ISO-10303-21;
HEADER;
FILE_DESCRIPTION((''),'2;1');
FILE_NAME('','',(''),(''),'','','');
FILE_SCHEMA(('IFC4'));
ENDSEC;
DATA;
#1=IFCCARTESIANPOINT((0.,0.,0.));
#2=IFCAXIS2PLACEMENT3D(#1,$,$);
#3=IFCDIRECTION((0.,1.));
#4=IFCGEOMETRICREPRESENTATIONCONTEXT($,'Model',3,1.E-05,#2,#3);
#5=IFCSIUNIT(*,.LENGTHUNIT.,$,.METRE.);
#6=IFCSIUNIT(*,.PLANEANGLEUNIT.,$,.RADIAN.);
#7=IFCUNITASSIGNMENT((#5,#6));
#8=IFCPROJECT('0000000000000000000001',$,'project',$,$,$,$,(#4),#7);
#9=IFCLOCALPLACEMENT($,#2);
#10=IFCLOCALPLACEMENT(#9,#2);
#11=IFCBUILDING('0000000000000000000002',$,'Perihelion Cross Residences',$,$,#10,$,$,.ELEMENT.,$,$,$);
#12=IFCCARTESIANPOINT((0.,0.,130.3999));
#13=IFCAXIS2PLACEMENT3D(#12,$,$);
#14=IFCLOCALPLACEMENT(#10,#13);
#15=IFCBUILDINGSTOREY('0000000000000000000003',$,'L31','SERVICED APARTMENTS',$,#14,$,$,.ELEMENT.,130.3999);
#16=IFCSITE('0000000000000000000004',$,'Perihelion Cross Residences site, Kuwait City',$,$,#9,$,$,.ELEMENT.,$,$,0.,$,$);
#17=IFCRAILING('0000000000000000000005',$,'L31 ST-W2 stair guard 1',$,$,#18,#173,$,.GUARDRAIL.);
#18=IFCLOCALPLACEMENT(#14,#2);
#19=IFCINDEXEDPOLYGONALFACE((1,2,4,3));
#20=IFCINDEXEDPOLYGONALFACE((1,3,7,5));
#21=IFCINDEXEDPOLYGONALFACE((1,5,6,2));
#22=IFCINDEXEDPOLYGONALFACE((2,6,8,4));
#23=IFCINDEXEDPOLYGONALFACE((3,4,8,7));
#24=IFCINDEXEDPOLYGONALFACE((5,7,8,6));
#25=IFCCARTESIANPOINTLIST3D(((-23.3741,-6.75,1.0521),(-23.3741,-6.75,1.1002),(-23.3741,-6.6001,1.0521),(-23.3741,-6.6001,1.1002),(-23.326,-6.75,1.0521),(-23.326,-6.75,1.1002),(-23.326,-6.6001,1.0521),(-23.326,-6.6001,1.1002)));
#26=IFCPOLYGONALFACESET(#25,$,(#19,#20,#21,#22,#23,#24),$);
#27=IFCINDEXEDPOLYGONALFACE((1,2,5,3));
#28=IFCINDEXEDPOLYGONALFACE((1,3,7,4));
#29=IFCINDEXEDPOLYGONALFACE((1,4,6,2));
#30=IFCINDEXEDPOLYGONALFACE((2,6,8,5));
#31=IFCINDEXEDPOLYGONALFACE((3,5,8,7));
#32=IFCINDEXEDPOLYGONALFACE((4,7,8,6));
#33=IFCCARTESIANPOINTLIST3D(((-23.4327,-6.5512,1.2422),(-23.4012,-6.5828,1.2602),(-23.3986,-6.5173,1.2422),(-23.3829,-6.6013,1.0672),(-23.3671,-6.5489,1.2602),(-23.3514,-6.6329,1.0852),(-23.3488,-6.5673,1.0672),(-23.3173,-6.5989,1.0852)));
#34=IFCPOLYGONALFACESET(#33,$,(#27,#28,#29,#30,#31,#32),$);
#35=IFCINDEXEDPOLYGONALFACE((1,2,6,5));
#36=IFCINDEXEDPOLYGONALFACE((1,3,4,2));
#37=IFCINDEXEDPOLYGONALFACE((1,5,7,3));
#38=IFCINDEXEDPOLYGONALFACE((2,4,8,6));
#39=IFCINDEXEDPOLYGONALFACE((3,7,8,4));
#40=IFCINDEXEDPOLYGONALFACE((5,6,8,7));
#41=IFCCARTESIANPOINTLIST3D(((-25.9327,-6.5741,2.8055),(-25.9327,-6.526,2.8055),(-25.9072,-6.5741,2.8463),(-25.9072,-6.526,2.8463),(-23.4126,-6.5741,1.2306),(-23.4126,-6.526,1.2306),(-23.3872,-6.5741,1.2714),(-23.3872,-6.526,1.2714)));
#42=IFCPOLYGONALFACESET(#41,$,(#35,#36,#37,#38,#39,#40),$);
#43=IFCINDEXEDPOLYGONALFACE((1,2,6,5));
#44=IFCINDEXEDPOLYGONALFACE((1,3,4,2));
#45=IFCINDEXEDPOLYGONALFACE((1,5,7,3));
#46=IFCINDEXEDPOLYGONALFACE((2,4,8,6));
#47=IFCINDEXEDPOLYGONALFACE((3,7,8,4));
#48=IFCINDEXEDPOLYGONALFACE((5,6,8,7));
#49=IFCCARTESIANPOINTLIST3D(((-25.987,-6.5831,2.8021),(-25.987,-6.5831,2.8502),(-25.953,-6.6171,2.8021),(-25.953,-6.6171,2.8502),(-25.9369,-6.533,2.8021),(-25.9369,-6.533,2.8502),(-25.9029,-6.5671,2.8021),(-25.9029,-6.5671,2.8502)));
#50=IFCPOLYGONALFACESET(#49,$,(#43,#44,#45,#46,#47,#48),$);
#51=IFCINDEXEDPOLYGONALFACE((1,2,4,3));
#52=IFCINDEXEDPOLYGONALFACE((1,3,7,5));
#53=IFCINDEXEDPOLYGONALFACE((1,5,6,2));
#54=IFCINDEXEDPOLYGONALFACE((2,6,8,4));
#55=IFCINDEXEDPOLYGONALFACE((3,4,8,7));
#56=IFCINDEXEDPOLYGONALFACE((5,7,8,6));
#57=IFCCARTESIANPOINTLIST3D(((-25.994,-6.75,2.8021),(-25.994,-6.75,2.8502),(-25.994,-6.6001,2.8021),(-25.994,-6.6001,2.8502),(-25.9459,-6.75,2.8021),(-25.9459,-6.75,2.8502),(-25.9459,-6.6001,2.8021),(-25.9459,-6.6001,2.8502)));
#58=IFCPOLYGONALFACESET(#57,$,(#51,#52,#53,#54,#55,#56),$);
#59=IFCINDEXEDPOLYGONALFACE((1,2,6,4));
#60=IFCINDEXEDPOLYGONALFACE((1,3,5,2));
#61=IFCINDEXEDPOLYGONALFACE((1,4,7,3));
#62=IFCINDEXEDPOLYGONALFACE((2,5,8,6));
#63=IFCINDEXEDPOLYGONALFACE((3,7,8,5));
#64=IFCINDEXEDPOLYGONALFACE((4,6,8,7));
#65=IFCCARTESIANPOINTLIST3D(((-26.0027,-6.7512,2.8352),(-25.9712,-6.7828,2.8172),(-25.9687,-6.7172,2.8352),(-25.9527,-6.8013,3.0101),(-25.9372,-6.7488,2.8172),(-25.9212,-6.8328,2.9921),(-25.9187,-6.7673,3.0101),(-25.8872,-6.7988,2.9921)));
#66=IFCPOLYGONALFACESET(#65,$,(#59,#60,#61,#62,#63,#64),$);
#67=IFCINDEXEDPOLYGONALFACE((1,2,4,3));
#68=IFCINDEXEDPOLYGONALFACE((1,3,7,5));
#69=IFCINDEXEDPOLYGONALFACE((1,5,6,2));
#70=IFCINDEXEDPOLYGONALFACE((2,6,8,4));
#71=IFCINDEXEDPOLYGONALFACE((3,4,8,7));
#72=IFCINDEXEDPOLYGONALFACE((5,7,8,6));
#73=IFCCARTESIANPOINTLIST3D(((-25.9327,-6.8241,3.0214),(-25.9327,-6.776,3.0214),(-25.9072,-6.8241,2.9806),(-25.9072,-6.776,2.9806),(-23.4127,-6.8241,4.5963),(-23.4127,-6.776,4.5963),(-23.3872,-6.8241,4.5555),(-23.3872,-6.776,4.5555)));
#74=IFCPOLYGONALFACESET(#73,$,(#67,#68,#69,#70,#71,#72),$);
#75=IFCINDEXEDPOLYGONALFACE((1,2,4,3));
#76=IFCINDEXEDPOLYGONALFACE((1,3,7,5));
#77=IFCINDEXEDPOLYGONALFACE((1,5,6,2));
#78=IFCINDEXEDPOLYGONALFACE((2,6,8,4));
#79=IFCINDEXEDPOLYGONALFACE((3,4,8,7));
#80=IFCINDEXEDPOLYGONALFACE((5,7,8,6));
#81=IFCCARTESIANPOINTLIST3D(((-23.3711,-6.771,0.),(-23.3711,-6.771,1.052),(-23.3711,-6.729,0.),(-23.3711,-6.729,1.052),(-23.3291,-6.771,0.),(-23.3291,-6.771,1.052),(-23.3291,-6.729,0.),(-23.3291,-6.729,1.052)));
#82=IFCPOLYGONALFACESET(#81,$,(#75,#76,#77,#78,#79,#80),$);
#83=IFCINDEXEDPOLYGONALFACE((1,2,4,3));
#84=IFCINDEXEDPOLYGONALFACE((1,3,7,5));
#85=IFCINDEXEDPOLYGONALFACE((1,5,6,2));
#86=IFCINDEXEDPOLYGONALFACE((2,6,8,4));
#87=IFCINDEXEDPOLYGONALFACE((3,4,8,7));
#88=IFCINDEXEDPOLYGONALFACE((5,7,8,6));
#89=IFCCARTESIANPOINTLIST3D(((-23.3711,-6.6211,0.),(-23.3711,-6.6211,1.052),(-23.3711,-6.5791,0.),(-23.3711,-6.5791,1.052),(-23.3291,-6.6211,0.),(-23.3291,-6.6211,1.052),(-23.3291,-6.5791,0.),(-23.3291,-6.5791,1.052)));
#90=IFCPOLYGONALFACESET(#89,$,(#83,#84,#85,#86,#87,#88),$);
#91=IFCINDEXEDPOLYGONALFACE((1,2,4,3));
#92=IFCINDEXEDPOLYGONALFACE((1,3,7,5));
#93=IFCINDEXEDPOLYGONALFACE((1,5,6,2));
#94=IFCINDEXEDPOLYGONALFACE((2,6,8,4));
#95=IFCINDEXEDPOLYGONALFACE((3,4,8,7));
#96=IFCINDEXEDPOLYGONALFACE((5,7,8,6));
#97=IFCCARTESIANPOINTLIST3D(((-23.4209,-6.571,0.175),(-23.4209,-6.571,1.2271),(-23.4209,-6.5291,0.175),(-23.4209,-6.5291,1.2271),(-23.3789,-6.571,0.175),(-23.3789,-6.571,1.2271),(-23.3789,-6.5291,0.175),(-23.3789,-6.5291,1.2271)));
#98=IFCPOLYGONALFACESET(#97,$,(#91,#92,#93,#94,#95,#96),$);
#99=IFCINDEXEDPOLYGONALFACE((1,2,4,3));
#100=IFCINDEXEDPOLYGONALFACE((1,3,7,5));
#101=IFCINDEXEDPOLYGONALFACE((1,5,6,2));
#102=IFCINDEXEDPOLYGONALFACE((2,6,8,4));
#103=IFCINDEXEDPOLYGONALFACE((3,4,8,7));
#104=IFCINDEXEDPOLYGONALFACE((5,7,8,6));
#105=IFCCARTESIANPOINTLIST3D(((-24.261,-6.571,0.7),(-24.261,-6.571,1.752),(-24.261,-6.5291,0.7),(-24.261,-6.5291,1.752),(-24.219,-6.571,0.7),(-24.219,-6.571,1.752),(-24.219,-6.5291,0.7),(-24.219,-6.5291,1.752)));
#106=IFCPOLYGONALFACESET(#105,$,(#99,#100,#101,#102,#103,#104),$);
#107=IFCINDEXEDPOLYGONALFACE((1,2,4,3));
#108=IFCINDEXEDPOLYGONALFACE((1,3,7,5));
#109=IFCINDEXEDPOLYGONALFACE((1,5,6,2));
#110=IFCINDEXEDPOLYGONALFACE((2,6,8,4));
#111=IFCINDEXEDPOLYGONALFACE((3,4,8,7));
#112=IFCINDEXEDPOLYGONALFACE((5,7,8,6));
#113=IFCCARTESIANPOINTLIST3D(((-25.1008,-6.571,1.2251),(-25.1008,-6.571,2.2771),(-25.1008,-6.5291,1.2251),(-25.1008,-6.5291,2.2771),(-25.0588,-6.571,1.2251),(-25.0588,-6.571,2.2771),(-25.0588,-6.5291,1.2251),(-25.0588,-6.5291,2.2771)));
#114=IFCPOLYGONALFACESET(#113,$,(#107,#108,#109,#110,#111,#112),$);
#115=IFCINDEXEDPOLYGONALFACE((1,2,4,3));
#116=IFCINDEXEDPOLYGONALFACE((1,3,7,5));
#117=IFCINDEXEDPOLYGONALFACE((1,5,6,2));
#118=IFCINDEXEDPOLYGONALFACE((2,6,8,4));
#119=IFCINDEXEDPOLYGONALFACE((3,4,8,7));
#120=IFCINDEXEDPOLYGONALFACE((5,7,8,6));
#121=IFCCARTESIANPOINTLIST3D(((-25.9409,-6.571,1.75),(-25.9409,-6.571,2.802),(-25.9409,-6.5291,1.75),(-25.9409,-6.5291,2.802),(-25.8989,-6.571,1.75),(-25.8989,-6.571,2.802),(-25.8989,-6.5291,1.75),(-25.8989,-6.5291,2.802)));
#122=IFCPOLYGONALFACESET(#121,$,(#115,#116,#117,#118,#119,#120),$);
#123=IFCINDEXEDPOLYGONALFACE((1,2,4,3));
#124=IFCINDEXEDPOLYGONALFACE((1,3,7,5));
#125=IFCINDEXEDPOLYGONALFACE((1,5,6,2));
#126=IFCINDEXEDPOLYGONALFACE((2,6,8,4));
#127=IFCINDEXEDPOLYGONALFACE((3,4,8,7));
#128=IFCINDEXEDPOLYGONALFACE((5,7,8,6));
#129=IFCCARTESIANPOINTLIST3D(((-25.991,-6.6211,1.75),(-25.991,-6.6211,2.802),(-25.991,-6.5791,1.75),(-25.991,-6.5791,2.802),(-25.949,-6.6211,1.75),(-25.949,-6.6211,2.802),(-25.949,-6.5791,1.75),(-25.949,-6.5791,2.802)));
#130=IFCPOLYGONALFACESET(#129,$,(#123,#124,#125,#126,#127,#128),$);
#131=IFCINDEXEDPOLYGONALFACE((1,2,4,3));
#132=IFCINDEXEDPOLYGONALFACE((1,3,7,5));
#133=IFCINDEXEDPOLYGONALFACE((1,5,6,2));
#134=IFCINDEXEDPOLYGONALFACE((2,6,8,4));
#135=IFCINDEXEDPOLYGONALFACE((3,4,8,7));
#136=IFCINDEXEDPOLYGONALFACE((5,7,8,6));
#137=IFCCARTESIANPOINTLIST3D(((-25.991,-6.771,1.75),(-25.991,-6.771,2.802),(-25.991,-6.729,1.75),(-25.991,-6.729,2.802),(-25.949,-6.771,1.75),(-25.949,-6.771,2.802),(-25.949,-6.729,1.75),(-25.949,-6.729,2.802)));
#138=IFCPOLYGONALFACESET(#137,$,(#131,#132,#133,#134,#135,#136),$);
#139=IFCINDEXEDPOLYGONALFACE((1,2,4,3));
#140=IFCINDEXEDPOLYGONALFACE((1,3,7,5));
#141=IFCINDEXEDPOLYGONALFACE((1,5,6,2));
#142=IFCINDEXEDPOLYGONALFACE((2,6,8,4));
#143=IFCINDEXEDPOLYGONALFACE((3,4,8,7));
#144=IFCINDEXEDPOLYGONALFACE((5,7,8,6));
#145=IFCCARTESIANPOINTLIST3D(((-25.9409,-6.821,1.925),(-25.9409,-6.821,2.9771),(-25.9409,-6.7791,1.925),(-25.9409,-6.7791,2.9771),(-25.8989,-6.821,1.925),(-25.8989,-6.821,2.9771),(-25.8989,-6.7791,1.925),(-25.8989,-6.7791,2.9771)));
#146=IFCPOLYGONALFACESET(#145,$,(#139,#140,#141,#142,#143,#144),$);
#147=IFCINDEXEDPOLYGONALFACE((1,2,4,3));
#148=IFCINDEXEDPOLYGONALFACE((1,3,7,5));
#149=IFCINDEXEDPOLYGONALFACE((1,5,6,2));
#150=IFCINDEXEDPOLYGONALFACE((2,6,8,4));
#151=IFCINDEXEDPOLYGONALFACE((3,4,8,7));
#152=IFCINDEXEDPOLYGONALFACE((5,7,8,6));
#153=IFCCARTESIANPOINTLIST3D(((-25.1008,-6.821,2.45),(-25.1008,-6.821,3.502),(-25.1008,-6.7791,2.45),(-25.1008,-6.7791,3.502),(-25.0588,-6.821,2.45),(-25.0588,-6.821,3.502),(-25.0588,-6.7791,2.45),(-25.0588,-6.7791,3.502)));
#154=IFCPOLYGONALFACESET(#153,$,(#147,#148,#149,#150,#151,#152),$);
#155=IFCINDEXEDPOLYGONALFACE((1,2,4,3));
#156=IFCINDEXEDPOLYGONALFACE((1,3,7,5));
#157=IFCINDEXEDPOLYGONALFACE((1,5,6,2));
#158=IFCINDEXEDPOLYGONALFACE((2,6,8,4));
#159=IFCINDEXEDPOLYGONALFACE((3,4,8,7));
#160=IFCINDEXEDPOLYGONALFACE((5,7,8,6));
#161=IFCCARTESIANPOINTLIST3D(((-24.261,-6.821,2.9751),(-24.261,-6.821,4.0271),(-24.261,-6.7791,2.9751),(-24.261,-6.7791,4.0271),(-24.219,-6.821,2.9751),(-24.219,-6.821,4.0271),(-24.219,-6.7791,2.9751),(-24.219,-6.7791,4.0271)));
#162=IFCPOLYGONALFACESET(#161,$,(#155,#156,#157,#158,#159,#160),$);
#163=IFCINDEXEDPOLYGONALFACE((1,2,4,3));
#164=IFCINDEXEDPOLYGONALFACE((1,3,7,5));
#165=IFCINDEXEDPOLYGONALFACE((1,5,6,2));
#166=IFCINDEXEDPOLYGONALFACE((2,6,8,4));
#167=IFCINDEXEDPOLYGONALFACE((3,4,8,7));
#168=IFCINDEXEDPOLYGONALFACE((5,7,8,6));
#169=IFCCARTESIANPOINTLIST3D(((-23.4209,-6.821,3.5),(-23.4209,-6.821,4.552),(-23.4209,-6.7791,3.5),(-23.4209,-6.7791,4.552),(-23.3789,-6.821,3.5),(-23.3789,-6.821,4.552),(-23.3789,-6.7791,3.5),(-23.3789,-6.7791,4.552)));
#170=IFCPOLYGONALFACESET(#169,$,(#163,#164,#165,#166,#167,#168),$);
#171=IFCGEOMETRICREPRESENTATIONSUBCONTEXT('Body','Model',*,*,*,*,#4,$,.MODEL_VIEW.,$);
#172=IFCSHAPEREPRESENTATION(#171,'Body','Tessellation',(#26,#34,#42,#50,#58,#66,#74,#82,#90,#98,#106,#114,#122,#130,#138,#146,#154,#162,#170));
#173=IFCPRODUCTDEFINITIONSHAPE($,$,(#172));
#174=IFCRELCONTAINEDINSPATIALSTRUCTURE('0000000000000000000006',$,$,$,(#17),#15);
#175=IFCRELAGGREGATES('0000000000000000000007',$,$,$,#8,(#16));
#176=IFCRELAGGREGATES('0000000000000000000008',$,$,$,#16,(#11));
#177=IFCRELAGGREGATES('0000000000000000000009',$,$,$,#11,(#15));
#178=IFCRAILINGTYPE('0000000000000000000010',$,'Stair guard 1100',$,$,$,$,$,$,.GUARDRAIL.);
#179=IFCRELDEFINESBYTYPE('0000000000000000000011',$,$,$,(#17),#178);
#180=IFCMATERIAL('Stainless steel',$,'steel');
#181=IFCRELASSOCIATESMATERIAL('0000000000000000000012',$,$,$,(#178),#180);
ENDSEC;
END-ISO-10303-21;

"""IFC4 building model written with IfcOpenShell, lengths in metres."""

from ifc_helpers import new_model, si_unit, direction, frame, origin, origin_2d, place, context, subcontext, project, spatial, rectangle, extrude, material, type_object, element, save


model = new_model("IFC4")

# Units and contexts
model_context = context("Model", 3, precision=1e-05, world=origin(), true_north=direction((0.0, 1.0)))
body_context = subcontext(model_context, "Body", "Model", "MODEL_VIEW")
ifc_project = project(units=[si_unit("LENGTHUNIT", "METRE"), si_unit("PLANEANGLEUNIT", "RADIAN")], contexts=[model_context])

# Site, building, storey
site_placement = place(None, origin())
site = spatial("IfcSite", under=ifc_project, at=site_placement, Name="Perihelion Cross Residences site, Kuwait City", CompositionType="ELEMENT", RefElevation=0.0)
building_placement = place(site_placement, origin())
building = spatial("IfcBuilding", under=site, at=building_placement, Name="Perihelion Cross Residences", CompositionType="ELEMENT")
storey_placement = place(building_placement, frame((0.0, 0.0, 130.3999)))
storey = spatial("IfcBuildingStorey", under=building, at=storey_placement, Name="L31", Description="SERVICED APARTMENTS", CompositionType="ELEMENT", Elevation=130.3999)

# Railing
ifc_material_1 = material(Name="Stainless steel", Category="steel")
railing_type_1 = type_object("IfcRailingType", Name="Stair guard 1100", PredefinedType="GUARDRAIL", material=ifc_material_1)
railing_1_placement = place(storey_placement, frame((-23.3501, -6.75, 0.0)))
element("IfcRailing", 1, at=railing_1_placement, inside=storey, type_object=railing_type_1, Name="L31 ST-W2 stair guard 1", PredefinedType="GUARDRAIL", context=body_context, shape_type="SweptSolid", body=[
    extrude(rectangle(XDim=0.0481, YDim=0.0481, at=origin_2d()), frame((0.0, 0.0, 1.0762), z_axis=(0.0, 1.0, 0.0), x_axis=(-1.0, 0.0, 0.0)), (0.0, 0.0, 1.0), 0.1499),
    extrude(rectangle(XDim=0.0481, YDim=0.0481, at=origin_2d()), frame((0.0, 0.1499, 1.0762), z_axis=(-0.263862, 0.265156, 0.927399), x_axis=(-0.708834, -0.705376, 0.0)), (0.0, 0.0, 1.0), 0.1887),
    extrude(rectangle(XDim=0.0481, YDim=0.0481, at=origin_2d()), frame((-0.0498, 0.2, 1.251), z_axis=(-0.848008, 0.0, 0.529984), x_axis=(0.0, -1.0, 0.0)), (0.0, 0.0, 1.0), 2.9717),
    extrude(rectangle(XDim=0.0481, YDim=0.0481, at=origin_2d()), frame((-2.5698, 0.2, 2.8262), z_axis=(-0.707107, -0.707107, 0.0), x_axis=(0.707107, -0.707107, 0.0)), (0.0, 0.0, 1.0), 0.0708),
    extrude(rectangle(XDim=0.0481, YDim=0.0481, at=origin_2d()), frame((-2.6199, 0.1499, 2.8262), z_axis=(0.0, -1.0, 0.0), x_axis=(1.0, 0.0, 0.0)), (0.0, 0.0, 1.0), 0.1499),
    extrude(rectangle(XDim=0.0481, YDim=0.0481, at=origin_2d()), frame((-2.6199, 0.0, 2.8262), z_axis=(0.265065, -0.265065, 0.927082), x_axis=(0.707107, 0.707107, 0.0)), (0.0, 0.0, 1.0), 0.1887),
    extrude(rectangle(XDim=0.0481, YDim=0.0481, at=origin_2d()), frame((-2.5698, -0.05, 3.001), z_axis=(0.848008, 0.0, 0.529984), x_axis=(0.0, 1.0, 0.0)), (0.0, 0.0, 1.0), 2.9717),
    extrude(rectangle(XDim=0.042, YDim=0.042, at=origin_2d()), origin(), (0.0, 0.0, 1.0), 1.052),
    extrude(rectangle(XDim=0.042, YDim=0.042, at=origin_2d()), frame((0.0, 0.1499, 0.0)), (0.0, 0.0, 1.0), 1.052),
    extrude(rectangle(XDim=0.042, YDim=0.042, at=origin_2d()), frame((-0.0498, 0.2, 0.175)), (0.0, 0.0, 1.0), 1.052),
    extrude(rectangle(XDim=0.042, YDim=0.042, at=origin_2d()), frame((-0.8899, 0.2, 0.7)), (0.0, 0.0, 1.0), 1.052),
    extrude(rectangle(XDim=0.042, YDim=0.042, at=origin_2d()), frame((-1.7297, 0.2, 1.2251)), (0.0, 0.0, 1.0), 1.052),
    extrude(rectangle(XDim=0.042, YDim=0.042, at=origin_2d()), frame((-2.5698, 0.2, 1.75)), (0.0, 0.0, 1.0), 1.052),
    extrude(rectangle(XDim=0.042, YDim=0.042, at=origin_2d()), frame((-2.6199, 0.1499, 1.75)), (0.0, 0.0, 1.0), 1.052),
    extrude(rectangle(XDim=0.042, YDim=0.042, at=origin_2d()), frame((-2.6199, 0.0, 1.75)), (0.0, 0.0, 1.0), 1.052),
    extrude(rectangle(XDim=0.042, YDim=0.042, at=origin_2d()), frame((-2.5698, -0.05, 1.925)), (0.0, 0.0, 1.0), 1.052),
    extrude(rectangle(XDim=0.042, YDim=0.042, at=origin_2d()), frame((-1.7297, -0.05, 2.45)), (0.0, 0.0, 1.0), 1.052),
    extrude(rectangle(XDim=0.042, YDim=0.042, at=origin_2d()), frame((-0.8899, -0.05, 2.9751)), (0.0, 0.0, 1.0), 1.052),
    extrude(rectangle(XDim=0.042, YDim=0.042, at=origin_2d()), frame((-0.0498, -0.05, 3.5)), (0.0, 0.0, 1.0), 1.052),
])

save(model, "model.ifc")
